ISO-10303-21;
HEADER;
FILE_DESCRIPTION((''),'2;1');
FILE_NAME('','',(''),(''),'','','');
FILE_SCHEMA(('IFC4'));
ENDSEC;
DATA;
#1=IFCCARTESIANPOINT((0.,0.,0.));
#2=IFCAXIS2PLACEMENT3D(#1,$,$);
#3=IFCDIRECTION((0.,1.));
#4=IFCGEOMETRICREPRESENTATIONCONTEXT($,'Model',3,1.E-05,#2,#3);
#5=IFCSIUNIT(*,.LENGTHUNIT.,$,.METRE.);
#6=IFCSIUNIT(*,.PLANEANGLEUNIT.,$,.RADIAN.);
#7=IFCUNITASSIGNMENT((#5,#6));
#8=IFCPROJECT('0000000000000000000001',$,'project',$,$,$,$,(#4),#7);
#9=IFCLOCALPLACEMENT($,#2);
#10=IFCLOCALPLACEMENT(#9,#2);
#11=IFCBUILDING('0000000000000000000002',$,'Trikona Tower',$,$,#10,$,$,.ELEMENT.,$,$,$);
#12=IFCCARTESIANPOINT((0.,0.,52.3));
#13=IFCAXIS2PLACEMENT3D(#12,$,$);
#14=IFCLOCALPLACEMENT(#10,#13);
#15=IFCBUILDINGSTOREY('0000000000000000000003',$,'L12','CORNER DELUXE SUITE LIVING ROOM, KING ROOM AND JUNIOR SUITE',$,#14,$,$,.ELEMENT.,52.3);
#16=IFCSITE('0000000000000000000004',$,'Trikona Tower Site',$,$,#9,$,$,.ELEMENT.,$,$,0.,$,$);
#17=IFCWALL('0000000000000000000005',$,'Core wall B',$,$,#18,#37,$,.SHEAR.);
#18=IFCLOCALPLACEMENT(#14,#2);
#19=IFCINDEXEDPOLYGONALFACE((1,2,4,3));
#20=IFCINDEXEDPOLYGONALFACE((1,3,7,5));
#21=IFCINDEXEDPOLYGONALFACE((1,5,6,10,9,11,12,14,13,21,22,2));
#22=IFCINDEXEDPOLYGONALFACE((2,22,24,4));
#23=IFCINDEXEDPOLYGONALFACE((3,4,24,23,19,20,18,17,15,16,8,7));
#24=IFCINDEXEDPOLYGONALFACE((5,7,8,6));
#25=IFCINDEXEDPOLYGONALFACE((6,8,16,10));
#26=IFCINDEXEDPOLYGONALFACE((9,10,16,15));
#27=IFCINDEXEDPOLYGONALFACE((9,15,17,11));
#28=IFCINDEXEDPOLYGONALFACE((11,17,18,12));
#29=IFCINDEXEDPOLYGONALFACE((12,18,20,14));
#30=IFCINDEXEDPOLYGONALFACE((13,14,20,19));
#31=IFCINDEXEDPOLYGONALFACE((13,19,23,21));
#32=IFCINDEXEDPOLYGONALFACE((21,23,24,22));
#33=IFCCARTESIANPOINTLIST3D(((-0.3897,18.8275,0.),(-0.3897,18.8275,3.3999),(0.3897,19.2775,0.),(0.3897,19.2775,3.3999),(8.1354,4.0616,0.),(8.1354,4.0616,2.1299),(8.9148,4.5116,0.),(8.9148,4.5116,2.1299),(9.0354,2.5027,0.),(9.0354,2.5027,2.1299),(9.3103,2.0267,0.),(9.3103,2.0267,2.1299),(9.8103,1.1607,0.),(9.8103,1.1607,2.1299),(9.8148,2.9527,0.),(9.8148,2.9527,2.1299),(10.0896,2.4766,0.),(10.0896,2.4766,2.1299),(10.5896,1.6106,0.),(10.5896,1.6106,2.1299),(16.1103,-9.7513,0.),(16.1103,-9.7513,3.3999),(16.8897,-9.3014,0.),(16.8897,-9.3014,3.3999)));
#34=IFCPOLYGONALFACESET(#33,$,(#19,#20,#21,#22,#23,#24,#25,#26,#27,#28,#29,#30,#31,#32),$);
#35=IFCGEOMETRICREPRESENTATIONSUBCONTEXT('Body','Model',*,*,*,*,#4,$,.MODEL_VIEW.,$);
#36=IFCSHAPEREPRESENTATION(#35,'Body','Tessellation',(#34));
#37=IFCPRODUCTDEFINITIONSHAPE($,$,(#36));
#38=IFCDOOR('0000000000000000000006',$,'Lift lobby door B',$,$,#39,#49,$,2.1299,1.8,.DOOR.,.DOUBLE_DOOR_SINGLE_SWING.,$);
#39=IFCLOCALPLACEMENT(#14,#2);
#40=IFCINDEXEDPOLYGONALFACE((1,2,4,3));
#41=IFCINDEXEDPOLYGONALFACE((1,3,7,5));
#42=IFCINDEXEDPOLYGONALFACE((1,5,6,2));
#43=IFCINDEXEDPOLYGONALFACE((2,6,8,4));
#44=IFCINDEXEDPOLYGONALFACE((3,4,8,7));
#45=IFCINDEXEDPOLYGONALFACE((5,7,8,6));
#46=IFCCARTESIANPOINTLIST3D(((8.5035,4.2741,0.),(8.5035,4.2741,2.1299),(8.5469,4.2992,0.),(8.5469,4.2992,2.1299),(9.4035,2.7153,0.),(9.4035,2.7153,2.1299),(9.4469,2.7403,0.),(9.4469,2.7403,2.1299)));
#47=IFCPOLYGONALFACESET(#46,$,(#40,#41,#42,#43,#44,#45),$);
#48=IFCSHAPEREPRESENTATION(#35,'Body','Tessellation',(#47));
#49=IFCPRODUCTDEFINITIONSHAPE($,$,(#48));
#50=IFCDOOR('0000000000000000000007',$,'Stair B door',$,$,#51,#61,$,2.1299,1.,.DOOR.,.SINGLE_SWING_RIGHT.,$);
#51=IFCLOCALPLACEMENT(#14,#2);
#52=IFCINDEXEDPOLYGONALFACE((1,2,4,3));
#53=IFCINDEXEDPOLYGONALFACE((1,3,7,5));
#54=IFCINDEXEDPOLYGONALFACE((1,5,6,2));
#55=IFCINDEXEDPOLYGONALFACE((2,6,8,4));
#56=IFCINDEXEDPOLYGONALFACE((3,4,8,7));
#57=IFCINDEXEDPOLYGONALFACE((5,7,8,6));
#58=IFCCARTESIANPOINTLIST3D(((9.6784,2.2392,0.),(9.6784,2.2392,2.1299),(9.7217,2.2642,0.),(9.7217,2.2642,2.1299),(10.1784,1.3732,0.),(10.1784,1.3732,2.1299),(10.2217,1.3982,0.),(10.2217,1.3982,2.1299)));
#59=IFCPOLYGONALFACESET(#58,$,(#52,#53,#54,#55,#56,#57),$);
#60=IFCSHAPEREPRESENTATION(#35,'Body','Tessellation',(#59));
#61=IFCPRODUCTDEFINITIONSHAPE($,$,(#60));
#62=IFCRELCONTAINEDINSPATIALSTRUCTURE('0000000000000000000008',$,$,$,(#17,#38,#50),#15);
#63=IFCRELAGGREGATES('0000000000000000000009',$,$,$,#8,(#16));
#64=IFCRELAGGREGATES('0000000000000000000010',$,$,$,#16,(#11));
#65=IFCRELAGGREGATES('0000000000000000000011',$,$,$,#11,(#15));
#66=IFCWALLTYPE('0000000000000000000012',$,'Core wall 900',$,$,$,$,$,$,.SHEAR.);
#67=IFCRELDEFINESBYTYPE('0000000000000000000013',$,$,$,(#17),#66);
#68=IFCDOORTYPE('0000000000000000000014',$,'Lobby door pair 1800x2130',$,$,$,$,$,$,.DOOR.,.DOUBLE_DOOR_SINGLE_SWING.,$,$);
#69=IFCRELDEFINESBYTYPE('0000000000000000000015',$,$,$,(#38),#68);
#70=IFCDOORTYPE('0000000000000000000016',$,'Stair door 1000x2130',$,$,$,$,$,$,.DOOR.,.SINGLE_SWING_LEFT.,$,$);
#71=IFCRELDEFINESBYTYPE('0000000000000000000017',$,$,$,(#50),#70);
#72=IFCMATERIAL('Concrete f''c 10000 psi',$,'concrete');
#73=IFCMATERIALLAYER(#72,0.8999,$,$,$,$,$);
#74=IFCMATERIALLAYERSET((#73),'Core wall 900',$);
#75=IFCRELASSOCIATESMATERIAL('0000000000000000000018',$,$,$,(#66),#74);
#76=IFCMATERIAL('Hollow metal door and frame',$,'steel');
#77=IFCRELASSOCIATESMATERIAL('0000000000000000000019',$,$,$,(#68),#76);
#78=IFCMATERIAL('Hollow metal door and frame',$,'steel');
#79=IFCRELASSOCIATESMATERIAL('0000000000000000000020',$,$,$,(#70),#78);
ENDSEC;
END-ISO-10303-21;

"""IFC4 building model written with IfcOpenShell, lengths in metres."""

from ifc_helpers import new_model, si_unit, direction, frame, frame_2d, origin, place, context, subcontext, project, spatial, rectangle, extrude, material, layer, layer_set, type_object, element, fill, save


model = new_model("IFC4")

# Units and contexts
model_context = context("Model", 3, precision=1e-05, world=origin(), true_north=direction((0.0, 1.0)))
body_context = subcontext(model_context, "Body", "Model", "MODEL_VIEW")
ifc_project = project(units=[si_unit("LENGTHUNIT", "METRE"), si_unit("PLANEANGLEUNIT", "RADIAN")], contexts=[model_context])

# Site, building, storey
site_placement = place(None, origin())
site = spatial("IfcSite", under=ifc_project, at=site_placement, Name="Trikona Tower Site", CompositionType="ELEMENT", RefElevation=0.0)
building_placement = place(site_placement, origin())
building = spatial("IfcBuilding", under=site, at=building_placement, Name="Trikona Tower", CompositionType="ELEMENT")
storey_placement = place(building_placement, frame((0.0, 0.0, 52.3)))
storey = spatial("IfcBuildingStorey", under=building, at=storey_placement, Name="L12", Description="CORNER DELUXE SUITE LIVING ROOM, KING ROOM AND JUNIOR SUITE", CompositionType="ELEMENT", Elevation=52.3)

# Wall, openings, doors
ifc_material_1 = material(Name="Concrete f'c 10000 psi", Category="concrete")
ifc_layer_1 = layer(ifc_material_1, 0.8999)
ifc_layer_set_1 = layer_set([ifc_layer_1], Name="Core wall 900")
wall_type_1 = type_object("IfcWallType", Name="Core wall 900", PredefinedType="SHEAR", material=ifc_layer_set_1)
wall_1_placement = place(storey_placement, frame((16.5, -9.5264, 0.0), z_axis=(0.0, 0.0, 1.0), x_axis=(-0.5, 0.866026, 0.0)))
wall_1 = element("IfcWall", 1, at=wall_1_placement, inside=storey, type_object=wall_type_1, Name="Core wall B", PredefinedType="SHEAR", context=body_context, shape_type="SweptSolid", body=[
    extrude(rectangle(XDim=33.0, YDim=0.8999, at=frame_2d((16.5, 0.0))), origin(), (0.0, 0.0, 1.0), 3.3999),
])
opening_1_placement = place(wall_1_placement, frame((14.1499, 0.0, 0.0)))
opening_1 = element("IfcOpeningElement", 2, at=opening_1_placement, cuts=wall_1, PredefinedType="OPENING", context=body_context, shape_type="SweptSolid", body=[
    extrude(rectangle(XDim=1.8, YDim=2.1299, at=frame_2d((0.8999, 1.0649))), frame((0.0, 0.46, 0.0), z_axis=(0.0, -1.0, 0.0), x_axis=(1.0, 0.0, 0.0)), (0.0, 0.0, 1.0), 0.9199),
])
opening_2_placement = place(wall_1_placement, frame((12.6001, 0.0, 0.0)))
opening_2 = element("IfcOpeningElement", 3, at=opening_2_placement, cuts=wall_1, PredefinedType="OPENING", context=body_context, shape_type="SweptSolid", body=[
    extrude(rectangle(XDim=1.0, YDim=2.1299, at=frame_2d((0.5, 1.0649))), frame((0.0, 0.46, 0.0), z_axis=(0.0, -1.0, 0.0), x_axis=(1.0, 0.0, 0.0)), (0.0, 0.0, 1.0), 0.9199),
])
ifc_material_2 = material(Name="Hollow metal door and frame", Category="steel")
door_type_1 = type_object("IfcDoorType", Name="Lobby door pair 1800x2130", OperationType="DOUBLE_DOOR_SINGLE_SWING", PredefinedType="DOOR", material=ifc_material_2)
door_1_placement = place(opening_1_placement, origin())
door_1 = element("IfcDoor", 4, at=door_1_placement, inside=storey, type_object=door_type_1, Name="Lift lobby door B", OperationType="DOUBLE_DOOR_SINGLE_SWING", OverallHeight=2.1299, OverallWidth=1.8, PredefinedType="DOOR", context=body_context, shape_type="SweptSolid", body=[
    extrude(rectangle(XDim=1.8, YDim=2.1299, at=frame_2d((0.8999, 1.0649))), frame((0.0, 0.0249, 0.0), z_axis=(0.0, -1.0, 0.0), x_axis=(1.0, 0.0, 0.0)), (0.0, 0.0, 1.0), 0.05),
])
fill(opening_1, door_1)
ifc_material_3 = material(Name="Hollow metal door and frame", Category="steel")
door_type_2 = type_object("IfcDoorType", Name="Stair door 1000x2130", OperationType="SINGLE_SWING_LEFT", PredefinedType="DOOR", material=ifc_material_3)
door_2_placement = place(opening_2_placement, origin())
door_2 = element("IfcDoor", 5, at=door_2_placement, inside=storey, type_object=door_type_2, Name="Stair B door", OperationType="SINGLE_SWING_RIGHT", OverallHeight=2.1299, OverallWidth=1.0, PredefinedType="DOOR", context=body_context, shape_type="SweptSolid", body=[
    extrude(rectangle(XDim=1.0, YDim=2.1299, at=frame_2d((0.5, 1.0649))), frame((0.0, 0.0249, 0.0), z_axis=(0.0, -1.0, 0.0), x_axis=(1.0, 0.0, 0.0)), (0.0, 0.0, 1.0), 0.05),
])
fill(opening_2, door_2)

save(model, "model.ifc")
